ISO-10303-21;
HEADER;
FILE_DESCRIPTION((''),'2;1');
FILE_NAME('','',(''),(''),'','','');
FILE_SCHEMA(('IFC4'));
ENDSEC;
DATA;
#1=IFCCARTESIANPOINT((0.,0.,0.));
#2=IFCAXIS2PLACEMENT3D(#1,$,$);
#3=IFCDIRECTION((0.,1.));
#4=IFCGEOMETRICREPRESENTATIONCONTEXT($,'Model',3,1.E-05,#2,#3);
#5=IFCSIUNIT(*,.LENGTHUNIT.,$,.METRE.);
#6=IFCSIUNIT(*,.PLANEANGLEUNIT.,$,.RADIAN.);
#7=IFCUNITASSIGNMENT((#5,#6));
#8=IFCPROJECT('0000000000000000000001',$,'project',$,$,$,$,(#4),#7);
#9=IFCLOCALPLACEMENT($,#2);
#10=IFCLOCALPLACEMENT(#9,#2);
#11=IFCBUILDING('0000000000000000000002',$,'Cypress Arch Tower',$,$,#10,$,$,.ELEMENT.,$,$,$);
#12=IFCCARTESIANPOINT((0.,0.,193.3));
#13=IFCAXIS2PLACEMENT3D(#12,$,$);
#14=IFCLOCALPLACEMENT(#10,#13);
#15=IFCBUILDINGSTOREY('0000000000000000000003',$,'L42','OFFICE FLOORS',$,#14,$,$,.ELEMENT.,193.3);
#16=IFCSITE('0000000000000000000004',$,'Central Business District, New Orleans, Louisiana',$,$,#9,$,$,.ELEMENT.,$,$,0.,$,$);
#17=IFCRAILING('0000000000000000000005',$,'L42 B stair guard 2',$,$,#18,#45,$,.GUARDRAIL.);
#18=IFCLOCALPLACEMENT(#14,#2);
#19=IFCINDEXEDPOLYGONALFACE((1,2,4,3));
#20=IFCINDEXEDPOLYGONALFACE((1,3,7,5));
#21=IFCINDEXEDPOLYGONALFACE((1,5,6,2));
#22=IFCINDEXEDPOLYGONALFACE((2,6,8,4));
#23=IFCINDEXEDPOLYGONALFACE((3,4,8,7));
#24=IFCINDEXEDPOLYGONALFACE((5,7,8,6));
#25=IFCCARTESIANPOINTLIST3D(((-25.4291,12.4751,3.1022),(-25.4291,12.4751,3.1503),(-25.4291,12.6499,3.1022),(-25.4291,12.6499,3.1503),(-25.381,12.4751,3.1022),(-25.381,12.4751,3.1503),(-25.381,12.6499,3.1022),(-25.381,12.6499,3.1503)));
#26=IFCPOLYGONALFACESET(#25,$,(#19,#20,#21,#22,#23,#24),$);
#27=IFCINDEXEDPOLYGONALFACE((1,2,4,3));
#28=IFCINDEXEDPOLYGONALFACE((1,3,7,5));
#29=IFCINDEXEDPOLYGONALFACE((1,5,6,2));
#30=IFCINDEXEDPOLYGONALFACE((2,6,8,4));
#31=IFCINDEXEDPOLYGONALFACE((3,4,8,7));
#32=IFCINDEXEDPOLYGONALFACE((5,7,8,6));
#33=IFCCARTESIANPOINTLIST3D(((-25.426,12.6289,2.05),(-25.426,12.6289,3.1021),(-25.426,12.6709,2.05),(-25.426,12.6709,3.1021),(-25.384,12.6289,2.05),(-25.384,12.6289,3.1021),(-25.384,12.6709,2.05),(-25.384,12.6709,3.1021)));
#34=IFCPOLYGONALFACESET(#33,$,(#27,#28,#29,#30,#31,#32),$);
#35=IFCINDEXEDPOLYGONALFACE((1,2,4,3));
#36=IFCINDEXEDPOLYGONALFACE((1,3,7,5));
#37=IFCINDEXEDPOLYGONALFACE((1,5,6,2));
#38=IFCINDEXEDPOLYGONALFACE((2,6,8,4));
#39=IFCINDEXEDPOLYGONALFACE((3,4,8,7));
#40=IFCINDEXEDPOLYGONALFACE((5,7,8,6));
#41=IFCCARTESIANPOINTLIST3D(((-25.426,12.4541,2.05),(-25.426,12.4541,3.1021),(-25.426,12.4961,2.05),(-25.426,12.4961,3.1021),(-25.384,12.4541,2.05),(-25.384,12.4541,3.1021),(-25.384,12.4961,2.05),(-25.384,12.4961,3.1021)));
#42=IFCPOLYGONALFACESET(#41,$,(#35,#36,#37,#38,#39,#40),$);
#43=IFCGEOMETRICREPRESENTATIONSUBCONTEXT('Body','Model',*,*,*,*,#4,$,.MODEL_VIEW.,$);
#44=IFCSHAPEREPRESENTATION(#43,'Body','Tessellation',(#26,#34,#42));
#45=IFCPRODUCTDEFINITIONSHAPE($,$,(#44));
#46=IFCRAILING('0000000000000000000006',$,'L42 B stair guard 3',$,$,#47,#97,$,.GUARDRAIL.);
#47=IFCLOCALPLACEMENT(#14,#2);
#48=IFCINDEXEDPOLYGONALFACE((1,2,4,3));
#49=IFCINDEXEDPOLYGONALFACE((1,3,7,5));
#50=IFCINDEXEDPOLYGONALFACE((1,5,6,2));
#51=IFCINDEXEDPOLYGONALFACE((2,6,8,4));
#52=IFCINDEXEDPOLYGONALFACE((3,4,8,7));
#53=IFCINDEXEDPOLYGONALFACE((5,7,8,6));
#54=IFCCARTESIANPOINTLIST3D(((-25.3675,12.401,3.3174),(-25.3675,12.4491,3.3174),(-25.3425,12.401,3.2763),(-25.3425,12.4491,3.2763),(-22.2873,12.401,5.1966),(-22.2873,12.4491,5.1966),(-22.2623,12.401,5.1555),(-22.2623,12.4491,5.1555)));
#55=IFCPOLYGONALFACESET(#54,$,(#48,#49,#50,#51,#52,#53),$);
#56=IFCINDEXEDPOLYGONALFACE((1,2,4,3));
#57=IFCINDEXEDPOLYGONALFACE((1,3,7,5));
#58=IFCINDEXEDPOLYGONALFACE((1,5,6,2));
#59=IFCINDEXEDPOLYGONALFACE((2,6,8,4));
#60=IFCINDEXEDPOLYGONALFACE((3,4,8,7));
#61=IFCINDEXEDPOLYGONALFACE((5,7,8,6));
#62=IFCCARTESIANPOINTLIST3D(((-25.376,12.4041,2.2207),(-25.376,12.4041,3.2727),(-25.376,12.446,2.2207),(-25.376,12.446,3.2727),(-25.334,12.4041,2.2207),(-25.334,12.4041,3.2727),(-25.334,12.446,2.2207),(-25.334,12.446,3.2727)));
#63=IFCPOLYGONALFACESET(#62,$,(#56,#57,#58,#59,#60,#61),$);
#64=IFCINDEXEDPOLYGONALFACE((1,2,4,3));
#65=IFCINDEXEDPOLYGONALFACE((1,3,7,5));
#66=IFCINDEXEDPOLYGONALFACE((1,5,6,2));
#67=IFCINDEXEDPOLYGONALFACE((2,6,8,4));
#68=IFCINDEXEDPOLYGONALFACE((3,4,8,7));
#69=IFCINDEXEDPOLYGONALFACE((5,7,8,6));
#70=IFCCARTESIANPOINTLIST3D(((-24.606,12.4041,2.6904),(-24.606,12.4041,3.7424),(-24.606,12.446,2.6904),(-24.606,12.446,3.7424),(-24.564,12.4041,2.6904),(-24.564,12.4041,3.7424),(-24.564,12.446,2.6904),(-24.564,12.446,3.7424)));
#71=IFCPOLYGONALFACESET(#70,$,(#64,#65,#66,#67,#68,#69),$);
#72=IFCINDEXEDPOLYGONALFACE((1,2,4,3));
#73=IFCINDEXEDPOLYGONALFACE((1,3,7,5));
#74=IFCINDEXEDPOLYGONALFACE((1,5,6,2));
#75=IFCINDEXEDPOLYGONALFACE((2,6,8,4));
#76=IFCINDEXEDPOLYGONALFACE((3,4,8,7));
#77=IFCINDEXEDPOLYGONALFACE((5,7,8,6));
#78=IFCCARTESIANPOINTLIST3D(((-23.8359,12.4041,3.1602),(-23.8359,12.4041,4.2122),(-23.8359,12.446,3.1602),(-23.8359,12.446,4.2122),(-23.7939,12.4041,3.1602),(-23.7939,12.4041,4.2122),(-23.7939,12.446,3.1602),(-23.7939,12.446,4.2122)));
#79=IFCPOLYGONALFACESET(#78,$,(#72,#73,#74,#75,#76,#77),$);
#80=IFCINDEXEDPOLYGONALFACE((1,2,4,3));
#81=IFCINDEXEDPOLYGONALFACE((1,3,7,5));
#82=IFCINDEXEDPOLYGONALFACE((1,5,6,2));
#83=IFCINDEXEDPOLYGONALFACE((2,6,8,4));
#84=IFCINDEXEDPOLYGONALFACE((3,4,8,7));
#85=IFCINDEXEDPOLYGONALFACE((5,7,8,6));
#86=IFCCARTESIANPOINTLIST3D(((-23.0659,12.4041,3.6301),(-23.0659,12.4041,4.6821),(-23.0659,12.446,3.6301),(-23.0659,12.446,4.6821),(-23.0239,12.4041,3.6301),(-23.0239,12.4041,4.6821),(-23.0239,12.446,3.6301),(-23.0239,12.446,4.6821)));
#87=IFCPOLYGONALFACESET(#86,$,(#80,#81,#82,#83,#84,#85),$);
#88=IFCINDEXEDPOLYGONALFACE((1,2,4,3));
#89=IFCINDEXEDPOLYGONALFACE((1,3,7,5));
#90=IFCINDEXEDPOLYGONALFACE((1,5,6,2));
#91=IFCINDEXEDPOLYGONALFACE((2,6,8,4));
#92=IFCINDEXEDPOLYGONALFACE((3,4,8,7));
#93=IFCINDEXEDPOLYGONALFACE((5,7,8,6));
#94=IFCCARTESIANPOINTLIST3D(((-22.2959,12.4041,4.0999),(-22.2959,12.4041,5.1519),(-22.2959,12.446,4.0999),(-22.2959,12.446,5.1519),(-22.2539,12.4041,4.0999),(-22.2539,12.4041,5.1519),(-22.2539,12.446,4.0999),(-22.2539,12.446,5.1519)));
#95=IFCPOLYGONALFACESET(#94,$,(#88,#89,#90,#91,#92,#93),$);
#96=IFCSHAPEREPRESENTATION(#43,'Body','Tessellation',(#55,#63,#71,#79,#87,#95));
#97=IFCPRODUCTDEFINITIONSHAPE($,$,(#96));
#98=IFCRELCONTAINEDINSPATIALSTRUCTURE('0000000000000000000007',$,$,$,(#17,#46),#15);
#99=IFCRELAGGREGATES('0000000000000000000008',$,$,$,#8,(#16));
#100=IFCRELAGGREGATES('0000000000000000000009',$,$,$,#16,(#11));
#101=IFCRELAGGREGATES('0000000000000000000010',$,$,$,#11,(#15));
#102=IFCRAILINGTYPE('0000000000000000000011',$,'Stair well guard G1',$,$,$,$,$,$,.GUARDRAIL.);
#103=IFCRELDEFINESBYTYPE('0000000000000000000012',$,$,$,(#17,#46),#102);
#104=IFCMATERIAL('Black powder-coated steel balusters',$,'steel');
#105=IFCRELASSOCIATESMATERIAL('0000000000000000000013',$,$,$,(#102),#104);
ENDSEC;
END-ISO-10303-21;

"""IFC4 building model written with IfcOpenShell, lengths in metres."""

from ifc_helpers import new_model, si_unit, direction, frame, origin, origin_2d, place, context, subcontext, project, spatial, rectangle, extrude, material, type_object, element, save


model = new_model("IFC4")

# Units and contexts
model_context = context("Model", 3, precision=1e-05, world=origin(), true_north=direction((0.0, 1.0)))
body_context = subcontext(model_context, "Body", "Model", "MODEL_VIEW")
ifc_project = project(units=[si_unit("LENGTHUNIT", "METRE"), si_unit("PLANEANGLEUNIT", "RADIAN")], contexts=[model_context])

# Site, building, storey
site_placement = place(None, origin())
site = spatial("IfcSite", under=ifc_project, at=site_placement, Name="Central Business District, New Orleans, Louisiana", CompositionType="ELEMENT", RefElevation=0.0)
building_placement = place(site_placement, origin())
building = spatial("IfcBuilding", under=site, at=building_placement, Name="Cypress Arch Tower", CompositionType="ELEMENT")
storey_placement = place(building_placement, frame((0.0, 0.0, 193.3)))
storey = spatial("IfcBuildingStorey", under=building, at=storey_placement, Name="L42", Description="OFFICE FLOORS", CompositionType="ELEMENT", Elevation=193.3)

# Railings
ifc_material_1 = material(Name="Black powder-coated steel balusters", Category="steel")
railing_type_1 = type_object("IfcRailingType", Name="Stair well guard G1", PredefinedType="GUARDRAIL", material=ifc_material_1)
railing_1_placement = place(storey_placement, frame((-25.405, 12.6499, 2.05)))
element("IfcRailing", 1, at=railing_1_placement, inside=storey, type_object=railing_type_1, Name="L42 B stair guard 2", PredefinedType="GUARDRAIL", context=body_context, shape_type="SweptSolid", body=[
    extrude(rectangle(XDim=0.0481, YDim=0.0481, at=origin_2d()), frame((0.0, 0.0, 1.0762), z_axis=(0.0, -1.0, 0.0), x_axis=(1.0, 0.0, 0.0)), (0.0, 0.0, 1.0), 0.1748),
    extrude(rectangle(XDim=0.042, YDim=0.042, at=origin_2d()), origin(), (0.0, 0.0, 1.0), 1.052),
    extrude(rectangle(XDim=0.042, YDim=0.042, at=origin_2d()), frame((0.0, -0.1748, 0.0)), (0.0, 0.0, 1.0), 1.052),
])
railing_2_placement = place(storey_placement, frame((-25.355, 12.425, 2.2207)))
element("IfcRailing", 2, at=railing_2_placement, inside=storey, type_object=railing_type_1, Name="L42 B stair guard 3", PredefinedType="GUARDRAIL", context=body_context, shape_type="SweptSolid", body=[
    extrude(rectangle(XDim=0.0481, YDim=0.0481, at=origin_2d()), frame((0.0, 0.0, 1.0762), z_axis=(0.853666, 0.0, 0.52082), x_axis=(0.0, 1.0, 0.0)), (0.0, 0.0, 1.0), 3.6082),
    extrude(rectangle(XDim=0.042, YDim=0.042, at=origin_2d()), origin(), (0.0, 0.0, 1.0), 1.052),
    extrude(rectangle(XDim=0.042, YDim=0.042, at=origin_2d()), frame((0.77, 0.0, 0.4697)), (0.0, 0.0, 1.0), 1.052),
    extrude(rectangle(XDim=0.042, YDim=0.042, at=origin_2d()), frame((1.54, 0.0, 0.9395)), (0.0, 0.0, 1.0), 1.052),
    extrude(rectangle(XDim=0.042, YDim=0.042, at=origin_2d()), frame((2.3101, 0.0, 1.4094)), (0.0, 0.0, 1.0), 1.052),
    extrude(rectangle(XDim=0.042, YDim=0.042, at=origin_2d()), frame((3.0801, 0.0, 1.8792)), (0.0, 0.0, 1.0), 1.052),
])

save(model, "model.ifc")
